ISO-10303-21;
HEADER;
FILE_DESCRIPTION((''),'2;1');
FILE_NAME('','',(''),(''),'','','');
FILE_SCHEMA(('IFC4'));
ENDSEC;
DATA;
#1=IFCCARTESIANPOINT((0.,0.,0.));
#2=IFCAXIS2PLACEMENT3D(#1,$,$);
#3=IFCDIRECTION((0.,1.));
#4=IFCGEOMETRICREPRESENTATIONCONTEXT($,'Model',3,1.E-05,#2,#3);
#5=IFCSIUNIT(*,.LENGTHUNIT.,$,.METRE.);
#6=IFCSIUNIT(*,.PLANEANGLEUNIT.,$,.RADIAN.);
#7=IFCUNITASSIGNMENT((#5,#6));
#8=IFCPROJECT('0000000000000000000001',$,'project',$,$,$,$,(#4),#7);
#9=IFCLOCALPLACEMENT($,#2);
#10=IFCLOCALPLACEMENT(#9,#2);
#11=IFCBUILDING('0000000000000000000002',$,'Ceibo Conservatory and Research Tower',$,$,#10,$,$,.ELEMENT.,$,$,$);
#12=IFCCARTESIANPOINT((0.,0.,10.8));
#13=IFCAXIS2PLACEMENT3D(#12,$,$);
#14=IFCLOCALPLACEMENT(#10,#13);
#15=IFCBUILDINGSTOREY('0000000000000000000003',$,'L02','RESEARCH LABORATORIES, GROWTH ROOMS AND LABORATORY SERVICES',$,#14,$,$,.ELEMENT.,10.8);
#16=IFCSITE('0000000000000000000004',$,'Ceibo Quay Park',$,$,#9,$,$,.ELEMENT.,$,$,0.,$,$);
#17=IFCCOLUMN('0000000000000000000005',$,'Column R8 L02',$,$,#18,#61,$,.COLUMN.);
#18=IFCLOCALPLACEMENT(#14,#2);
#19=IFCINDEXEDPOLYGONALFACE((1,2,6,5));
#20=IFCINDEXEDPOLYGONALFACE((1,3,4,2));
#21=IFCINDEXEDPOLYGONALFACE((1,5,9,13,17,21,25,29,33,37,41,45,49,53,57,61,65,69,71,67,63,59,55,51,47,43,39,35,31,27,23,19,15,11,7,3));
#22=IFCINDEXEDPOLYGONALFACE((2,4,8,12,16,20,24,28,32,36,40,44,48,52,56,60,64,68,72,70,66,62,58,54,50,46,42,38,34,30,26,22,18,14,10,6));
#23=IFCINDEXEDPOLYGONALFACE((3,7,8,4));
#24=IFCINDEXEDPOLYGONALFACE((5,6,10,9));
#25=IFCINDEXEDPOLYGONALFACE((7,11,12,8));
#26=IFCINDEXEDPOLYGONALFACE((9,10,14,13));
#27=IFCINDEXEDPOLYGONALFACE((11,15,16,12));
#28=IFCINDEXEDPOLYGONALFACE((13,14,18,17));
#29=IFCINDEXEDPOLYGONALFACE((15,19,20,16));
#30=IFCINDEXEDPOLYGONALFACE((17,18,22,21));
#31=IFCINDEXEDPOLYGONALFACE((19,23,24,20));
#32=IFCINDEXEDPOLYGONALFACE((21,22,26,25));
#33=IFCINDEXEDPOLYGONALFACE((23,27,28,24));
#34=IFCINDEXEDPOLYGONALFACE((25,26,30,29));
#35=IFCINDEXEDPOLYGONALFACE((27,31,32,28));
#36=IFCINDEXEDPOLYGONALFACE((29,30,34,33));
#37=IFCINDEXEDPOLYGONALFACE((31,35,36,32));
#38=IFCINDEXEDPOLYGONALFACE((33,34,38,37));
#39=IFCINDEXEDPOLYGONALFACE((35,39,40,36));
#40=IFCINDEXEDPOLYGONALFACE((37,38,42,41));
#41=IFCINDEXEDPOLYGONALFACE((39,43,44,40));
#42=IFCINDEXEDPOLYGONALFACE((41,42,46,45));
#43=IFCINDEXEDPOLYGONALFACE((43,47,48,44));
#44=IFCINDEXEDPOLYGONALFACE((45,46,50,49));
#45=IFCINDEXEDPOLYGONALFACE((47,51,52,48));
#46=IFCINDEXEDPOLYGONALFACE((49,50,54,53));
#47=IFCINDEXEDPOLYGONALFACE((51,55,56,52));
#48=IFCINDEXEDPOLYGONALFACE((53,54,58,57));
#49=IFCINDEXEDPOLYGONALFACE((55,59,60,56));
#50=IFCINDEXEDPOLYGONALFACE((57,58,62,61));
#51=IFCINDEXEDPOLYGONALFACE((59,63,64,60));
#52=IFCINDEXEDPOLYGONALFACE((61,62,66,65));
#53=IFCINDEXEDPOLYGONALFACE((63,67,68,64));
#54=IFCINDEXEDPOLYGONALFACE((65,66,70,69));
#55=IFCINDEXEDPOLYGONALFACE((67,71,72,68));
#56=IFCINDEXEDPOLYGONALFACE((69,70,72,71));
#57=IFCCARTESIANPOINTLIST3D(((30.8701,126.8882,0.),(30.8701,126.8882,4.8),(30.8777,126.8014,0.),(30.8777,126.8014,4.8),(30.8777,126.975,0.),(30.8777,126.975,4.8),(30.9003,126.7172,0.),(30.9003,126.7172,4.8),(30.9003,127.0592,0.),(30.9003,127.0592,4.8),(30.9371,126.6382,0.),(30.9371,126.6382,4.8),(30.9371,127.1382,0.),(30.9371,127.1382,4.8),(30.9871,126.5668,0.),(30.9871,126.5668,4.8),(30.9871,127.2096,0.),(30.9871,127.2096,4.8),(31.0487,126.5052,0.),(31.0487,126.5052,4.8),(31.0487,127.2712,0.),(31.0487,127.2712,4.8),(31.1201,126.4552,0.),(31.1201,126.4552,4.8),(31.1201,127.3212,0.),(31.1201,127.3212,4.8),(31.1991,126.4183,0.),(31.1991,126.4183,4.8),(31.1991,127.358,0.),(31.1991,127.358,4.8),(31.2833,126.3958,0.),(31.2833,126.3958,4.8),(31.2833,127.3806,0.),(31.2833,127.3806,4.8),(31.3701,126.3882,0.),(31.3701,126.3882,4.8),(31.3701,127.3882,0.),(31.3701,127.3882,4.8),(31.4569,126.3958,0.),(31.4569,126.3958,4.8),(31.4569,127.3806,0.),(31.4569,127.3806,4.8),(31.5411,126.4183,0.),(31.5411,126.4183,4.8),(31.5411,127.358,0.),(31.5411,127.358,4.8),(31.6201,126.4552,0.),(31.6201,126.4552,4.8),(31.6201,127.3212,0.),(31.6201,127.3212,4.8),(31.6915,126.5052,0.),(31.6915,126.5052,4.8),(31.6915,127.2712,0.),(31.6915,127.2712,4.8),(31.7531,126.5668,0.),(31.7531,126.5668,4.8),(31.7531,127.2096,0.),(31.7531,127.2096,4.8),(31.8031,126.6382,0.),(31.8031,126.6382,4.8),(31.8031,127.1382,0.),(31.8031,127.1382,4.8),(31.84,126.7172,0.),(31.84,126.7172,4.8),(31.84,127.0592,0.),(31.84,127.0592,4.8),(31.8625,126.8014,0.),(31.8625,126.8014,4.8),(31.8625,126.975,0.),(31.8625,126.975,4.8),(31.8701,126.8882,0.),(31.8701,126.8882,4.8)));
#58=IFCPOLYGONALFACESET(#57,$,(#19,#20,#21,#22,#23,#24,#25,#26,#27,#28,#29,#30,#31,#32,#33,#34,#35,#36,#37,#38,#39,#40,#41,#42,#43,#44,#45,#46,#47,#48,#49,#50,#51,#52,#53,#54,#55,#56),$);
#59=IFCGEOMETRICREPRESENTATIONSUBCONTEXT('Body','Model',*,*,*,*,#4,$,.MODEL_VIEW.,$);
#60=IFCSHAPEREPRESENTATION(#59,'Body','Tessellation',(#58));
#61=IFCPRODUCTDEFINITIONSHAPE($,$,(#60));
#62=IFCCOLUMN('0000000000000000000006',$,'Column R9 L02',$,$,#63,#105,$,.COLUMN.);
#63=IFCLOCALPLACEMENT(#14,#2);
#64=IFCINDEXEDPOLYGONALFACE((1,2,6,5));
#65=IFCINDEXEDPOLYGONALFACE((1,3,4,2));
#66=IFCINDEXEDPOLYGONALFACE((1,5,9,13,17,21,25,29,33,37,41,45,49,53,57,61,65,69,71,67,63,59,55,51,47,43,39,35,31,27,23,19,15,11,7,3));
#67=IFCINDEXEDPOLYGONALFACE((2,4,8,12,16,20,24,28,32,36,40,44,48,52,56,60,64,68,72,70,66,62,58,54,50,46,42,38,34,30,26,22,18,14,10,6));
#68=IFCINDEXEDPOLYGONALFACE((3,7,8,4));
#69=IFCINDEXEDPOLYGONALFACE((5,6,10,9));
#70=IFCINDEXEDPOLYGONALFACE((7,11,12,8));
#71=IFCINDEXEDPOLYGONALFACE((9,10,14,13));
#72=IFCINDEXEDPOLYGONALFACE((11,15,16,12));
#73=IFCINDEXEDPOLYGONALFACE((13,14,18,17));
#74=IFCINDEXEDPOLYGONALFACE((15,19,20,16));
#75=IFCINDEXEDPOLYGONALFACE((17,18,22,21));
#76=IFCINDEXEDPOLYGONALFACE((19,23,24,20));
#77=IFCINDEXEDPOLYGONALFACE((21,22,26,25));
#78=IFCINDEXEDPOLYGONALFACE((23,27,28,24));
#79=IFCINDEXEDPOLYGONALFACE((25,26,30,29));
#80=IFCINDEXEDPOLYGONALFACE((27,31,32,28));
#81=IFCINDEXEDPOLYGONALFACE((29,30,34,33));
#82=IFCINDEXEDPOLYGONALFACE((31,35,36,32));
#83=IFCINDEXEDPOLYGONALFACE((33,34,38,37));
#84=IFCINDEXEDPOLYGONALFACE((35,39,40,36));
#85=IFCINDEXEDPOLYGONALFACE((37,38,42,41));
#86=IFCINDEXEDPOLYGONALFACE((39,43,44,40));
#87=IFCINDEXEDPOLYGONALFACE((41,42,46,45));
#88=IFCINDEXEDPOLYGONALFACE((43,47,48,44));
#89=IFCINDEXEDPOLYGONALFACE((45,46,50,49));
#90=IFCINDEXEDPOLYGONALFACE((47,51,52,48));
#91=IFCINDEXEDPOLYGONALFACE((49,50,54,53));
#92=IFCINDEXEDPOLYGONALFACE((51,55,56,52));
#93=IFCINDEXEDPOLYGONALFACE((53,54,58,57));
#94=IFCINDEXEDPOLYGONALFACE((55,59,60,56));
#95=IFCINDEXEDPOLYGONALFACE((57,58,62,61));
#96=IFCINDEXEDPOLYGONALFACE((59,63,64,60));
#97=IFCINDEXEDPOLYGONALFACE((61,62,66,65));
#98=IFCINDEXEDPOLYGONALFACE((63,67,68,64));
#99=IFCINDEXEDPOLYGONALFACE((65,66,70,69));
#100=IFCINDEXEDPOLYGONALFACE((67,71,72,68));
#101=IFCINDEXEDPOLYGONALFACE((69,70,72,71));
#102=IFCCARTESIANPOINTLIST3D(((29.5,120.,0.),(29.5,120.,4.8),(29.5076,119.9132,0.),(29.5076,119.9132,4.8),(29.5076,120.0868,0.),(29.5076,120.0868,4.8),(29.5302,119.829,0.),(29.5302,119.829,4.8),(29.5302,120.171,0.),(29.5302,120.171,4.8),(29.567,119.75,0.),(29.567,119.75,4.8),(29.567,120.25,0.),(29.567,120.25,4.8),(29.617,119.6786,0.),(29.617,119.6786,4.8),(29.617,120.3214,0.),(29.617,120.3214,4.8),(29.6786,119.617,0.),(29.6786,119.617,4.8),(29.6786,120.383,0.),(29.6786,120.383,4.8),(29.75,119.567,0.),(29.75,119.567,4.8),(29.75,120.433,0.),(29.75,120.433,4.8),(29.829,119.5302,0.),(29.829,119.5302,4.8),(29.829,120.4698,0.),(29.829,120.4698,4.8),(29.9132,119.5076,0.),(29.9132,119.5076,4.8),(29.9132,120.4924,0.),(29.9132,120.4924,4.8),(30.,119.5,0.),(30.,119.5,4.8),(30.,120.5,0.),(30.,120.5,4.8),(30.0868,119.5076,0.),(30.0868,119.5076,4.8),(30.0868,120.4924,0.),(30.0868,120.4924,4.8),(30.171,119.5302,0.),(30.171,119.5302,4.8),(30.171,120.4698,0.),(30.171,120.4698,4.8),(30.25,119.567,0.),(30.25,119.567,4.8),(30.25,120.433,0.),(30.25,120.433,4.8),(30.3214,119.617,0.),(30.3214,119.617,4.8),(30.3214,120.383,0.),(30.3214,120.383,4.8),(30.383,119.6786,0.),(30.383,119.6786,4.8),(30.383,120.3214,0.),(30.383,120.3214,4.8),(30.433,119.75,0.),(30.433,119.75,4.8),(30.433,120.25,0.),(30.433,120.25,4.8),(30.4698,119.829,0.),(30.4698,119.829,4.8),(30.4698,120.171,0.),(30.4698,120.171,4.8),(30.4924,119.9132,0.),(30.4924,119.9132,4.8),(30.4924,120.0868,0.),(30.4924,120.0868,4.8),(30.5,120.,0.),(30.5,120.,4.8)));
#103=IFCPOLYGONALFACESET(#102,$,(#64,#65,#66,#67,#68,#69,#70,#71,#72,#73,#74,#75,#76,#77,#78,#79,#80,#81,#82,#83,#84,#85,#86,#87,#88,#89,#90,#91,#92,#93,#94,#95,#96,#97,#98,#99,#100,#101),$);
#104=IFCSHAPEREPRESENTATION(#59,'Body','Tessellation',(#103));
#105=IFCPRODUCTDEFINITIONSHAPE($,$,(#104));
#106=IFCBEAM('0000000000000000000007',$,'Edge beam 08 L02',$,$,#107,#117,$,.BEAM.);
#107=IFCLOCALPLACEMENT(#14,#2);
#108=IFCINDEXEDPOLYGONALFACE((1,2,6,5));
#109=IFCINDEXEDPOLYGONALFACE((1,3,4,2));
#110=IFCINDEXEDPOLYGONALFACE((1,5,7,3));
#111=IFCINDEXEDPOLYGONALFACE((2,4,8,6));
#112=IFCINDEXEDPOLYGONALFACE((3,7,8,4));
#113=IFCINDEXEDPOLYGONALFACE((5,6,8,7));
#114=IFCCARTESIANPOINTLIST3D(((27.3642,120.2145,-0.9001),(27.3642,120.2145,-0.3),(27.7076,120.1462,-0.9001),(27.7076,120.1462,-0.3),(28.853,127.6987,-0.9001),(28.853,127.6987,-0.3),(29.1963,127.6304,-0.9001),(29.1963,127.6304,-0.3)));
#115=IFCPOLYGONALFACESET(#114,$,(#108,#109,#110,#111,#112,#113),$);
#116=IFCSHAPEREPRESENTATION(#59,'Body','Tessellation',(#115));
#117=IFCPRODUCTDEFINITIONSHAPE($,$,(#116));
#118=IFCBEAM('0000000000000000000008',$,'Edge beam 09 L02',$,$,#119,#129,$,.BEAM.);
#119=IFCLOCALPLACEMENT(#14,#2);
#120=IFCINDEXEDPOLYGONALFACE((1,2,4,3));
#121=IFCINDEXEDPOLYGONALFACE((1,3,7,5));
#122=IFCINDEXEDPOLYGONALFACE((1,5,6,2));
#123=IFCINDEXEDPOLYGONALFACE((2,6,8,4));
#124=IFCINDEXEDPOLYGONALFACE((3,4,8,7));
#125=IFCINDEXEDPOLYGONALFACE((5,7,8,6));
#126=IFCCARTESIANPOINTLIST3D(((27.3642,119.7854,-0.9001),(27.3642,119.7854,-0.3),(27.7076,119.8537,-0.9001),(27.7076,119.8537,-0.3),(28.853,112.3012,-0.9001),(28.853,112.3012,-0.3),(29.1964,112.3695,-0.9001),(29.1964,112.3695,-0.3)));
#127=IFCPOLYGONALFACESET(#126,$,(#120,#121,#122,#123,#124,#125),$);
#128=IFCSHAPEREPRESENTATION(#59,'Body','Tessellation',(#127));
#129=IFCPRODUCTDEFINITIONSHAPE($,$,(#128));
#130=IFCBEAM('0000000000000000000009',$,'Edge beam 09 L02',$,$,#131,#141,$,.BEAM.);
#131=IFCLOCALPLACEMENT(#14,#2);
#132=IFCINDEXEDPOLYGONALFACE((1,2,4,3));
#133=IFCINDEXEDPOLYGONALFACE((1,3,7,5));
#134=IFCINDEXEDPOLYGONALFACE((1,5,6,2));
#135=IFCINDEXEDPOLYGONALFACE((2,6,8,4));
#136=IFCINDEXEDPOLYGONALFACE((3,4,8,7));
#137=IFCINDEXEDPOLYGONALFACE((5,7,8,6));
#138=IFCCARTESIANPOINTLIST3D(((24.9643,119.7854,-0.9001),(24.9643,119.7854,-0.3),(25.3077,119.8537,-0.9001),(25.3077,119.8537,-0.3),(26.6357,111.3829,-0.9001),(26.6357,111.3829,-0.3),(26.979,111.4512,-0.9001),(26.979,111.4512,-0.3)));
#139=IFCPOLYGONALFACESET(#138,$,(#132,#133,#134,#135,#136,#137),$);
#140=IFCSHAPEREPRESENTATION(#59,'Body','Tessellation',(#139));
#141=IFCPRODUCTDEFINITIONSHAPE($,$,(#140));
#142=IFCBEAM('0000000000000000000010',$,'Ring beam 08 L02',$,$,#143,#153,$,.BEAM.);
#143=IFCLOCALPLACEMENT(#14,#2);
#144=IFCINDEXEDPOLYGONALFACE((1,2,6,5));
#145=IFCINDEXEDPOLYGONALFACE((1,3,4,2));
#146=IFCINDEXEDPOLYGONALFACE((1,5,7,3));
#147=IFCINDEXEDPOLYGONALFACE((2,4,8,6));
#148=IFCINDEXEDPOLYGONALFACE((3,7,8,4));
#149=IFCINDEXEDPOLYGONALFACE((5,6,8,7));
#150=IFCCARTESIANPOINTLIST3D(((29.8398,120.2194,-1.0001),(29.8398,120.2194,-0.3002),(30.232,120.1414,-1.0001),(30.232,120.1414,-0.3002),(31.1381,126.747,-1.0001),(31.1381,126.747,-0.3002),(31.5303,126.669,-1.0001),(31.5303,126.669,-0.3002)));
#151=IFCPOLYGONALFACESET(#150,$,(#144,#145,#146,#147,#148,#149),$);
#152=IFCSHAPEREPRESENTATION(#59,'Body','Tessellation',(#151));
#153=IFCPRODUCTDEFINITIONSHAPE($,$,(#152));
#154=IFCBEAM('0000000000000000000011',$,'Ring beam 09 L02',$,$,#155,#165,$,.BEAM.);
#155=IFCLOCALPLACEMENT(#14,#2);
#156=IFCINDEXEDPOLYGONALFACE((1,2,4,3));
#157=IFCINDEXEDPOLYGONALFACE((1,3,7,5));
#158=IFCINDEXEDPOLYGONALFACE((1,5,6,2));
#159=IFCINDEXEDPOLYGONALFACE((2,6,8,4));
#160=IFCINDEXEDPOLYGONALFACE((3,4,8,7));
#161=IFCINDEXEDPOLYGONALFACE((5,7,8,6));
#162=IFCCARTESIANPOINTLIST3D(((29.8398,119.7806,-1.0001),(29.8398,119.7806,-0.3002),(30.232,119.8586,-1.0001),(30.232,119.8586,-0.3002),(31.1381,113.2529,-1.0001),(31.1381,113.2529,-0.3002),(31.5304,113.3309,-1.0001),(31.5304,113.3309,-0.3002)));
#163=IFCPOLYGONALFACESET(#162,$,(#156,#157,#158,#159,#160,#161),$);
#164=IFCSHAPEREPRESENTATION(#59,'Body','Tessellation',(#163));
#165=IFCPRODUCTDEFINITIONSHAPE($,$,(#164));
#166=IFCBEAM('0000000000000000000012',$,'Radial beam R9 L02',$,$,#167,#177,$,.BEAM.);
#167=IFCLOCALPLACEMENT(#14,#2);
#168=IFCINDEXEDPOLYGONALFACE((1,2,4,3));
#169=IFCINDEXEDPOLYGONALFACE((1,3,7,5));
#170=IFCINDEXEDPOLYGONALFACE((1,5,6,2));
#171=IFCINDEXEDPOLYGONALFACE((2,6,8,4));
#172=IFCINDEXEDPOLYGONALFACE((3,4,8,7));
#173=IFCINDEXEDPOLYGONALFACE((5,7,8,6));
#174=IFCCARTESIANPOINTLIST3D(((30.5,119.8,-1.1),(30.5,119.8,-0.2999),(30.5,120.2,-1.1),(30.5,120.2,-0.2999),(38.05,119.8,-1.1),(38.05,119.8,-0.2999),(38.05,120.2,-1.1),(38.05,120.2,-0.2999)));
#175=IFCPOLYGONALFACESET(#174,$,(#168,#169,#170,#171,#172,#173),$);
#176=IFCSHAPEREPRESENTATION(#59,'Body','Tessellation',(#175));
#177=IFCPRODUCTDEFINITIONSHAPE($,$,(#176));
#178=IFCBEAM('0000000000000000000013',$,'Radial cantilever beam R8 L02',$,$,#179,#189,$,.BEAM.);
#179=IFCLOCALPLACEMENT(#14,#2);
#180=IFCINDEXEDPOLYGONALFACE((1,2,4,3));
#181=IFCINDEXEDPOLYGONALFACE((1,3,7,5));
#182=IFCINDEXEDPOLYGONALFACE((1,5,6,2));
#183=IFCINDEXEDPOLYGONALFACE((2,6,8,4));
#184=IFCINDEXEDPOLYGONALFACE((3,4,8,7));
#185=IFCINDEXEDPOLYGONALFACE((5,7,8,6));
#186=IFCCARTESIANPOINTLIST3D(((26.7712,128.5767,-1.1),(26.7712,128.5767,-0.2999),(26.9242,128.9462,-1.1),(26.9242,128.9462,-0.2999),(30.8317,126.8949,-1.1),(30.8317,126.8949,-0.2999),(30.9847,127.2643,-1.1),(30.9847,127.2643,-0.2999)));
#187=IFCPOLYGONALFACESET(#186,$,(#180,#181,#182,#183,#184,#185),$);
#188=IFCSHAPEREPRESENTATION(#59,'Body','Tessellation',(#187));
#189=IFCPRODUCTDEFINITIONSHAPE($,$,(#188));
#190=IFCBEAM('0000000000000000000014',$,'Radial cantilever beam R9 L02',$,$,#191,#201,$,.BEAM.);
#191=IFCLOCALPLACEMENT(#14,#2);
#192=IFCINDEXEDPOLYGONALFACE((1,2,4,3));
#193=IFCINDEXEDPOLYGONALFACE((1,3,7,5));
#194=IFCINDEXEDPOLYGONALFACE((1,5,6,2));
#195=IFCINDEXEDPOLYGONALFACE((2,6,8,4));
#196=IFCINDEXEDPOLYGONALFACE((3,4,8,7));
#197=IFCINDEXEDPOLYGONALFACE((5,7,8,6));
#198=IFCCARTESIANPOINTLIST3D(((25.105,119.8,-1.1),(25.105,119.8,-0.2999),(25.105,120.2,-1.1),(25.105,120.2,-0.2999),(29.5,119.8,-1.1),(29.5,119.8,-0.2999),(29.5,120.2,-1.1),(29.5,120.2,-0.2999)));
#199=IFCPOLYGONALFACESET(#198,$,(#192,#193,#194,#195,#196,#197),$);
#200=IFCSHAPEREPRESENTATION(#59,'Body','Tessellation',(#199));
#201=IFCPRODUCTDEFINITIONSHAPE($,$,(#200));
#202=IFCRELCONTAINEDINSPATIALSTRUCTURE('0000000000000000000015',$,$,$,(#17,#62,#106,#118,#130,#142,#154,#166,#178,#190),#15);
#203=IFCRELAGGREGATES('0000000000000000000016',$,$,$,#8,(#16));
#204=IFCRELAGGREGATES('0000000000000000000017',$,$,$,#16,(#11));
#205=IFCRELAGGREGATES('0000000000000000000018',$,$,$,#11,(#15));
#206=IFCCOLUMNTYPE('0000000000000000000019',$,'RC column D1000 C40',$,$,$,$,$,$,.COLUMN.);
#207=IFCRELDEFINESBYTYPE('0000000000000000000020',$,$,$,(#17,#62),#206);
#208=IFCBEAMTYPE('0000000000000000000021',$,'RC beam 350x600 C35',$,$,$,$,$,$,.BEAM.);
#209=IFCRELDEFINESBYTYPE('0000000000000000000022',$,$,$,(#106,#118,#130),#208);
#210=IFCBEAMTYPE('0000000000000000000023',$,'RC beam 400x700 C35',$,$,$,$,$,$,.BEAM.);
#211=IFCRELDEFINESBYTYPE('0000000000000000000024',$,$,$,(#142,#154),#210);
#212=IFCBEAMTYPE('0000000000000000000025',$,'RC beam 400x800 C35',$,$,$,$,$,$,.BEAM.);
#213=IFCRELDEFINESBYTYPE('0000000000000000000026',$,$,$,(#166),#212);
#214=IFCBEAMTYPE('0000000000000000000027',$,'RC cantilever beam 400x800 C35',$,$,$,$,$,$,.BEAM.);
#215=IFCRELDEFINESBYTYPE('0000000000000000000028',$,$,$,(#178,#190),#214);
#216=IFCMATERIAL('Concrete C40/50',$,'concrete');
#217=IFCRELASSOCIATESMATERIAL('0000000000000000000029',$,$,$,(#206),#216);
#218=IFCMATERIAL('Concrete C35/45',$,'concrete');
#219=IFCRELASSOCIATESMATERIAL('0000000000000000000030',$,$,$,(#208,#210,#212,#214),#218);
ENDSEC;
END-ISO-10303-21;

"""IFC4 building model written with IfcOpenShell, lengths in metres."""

from ifc_helpers import new_model, si_unit, direction, frame, origin, origin_2d, place, context, subcontext, project, spatial, rectangle, circle, extrude, material, material_profile, profile_set, type_object, element, save


model = new_model("IFC4")

# Units and contexts
model_context = context("Model", 3, precision=1e-05, world=origin(), true_north=direction((0.0, 1.0)))
body_context = subcontext(model_context, "Body", "Model", "MODEL_VIEW")
ifc_project = project(units=[si_unit("LENGTHUNIT", "METRE"), si_unit("PLANEANGLEUNIT", "RADIAN")], contexts=[model_context])

# Site, building, storey
site_placement = place(None, origin())
site = spatial("IfcSite", under=ifc_project, at=site_placement, Name="Ceibo Quay Park", CompositionType="ELEMENT", RefElevation=0.0)
building_placement = place(site_placement, origin())
building = spatial("IfcBuilding", under=site, at=building_placement, Name="Ceibo Conservatory and Research Tower", CompositionType="ELEMENT")
storey_placement = place(building_placement, frame((0.0, 0.0, 10.8)))
storey = spatial("IfcBuildingStorey", under=building, at=storey_placement, Name="L02", Description="RESEARCH LABORATORIES, GROWTH ROOMS AND LABORATORY SERVICES", CompositionType="ELEMENT", Elevation=10.8)

# Columns
ifc_material_1 = material(Name="Concrete C40/50", Category="concrete")
ifc_material_profile_1 = material_profile(ifc_material_1, circle(Radius=0.5, at=origin_2d()), Name="RC D1000")
ifc_profile_set_1 = profile_set([ifc_material_profile_1], Name="Concrete C40/50")
column_type = type_object("IfcColumnType", Name="RC column D1000 C40", PredefinedType="COLUMN", material=ifc_profile_set_1)
for number, where, z_axis, x_axis, name in (
    (1, (31.3701, 126.8882, 0.0), (0.0, 0.0, 1.0), (1.0, 0.0, 0.0), "Column R8 L02"),
    (2, (30.0, 120.0, 0.0), (0.0, 0.0, 1.0), (1.0, 0.0, 0.0), "Column R9 L02"),
):
    element("IfcColumn", number, at=place(storey_placement, frame(where, z_axis=z_axis, x_axis=x_axis)), inside=storey, type_object=column_type, Name=name, PredefinedType="COLUMN", context=body_context, shape_type="SweptSolid", body=[
        extrude(circle(Radius=0.5, at=origin_2d()), origin(), (0.0, 0.0, 1.0), 4.8),
    ])

# Beams
ifc_material_2 = material(Name="Concrete C35/45", Category="concrete")
ifc_material_profile_2 = material_profile(ifc_material_2, rectangle(XDim=0.3501, YDim=0.6001, at=origin_2d()), Name="RC 350x600")
ifc_profile_set_2 = profile_set([ifc_material_profile_2], Name="Concrete C35/45")
beam_type_1 = type_object("IfcBeamType", Name="RC beam 350x600 C35", PredefinedType="BEAM", material=ifc_profile_set_2)
for number, where, z_axis, x_axis, name in (
    (3, (29.0247, 127.6646, -0.6001), (-0.195101, -0.980783, 0.0), (0.980783, -0.195101, 0.0), "Edge beam 08 L02"),
    (4, (27.5359, 119.8196, -0.6001), (0.195101, -0.980783, 0.0), (0.980783, 0.195101, 0.0), "Edge beam 09 L02"),
):
    element("IfcBeam", number, at=place(storey_placement, frame(where, z_axis=z_axis, x_axis=x_axis)), inside=storey, type_object=beam_type_1, Name=name, PredefinedType="BEAM", context=body_context, shape_type="SweptSolid", body=[
        extrude(rectangle(XDim=0.3501, YDim=0.6001, at=origin_2d()), origin(), (0.0, 0.0, 1.0), 7.6309),
    ])
beam_1_placement = place(storey_placement, frame((25.136, 119.8196, -0.6001), z_axis=(0.195091, -0.980785, 0.0), x_axis=(0.980785, 0.195091, 0.0)))
element("IfcBeam", 5, at=beam_1_placement, inside=storey, type_object=beam_type_1, Name="Edge beam 09 L02", PredefinedType="BEAM", context=body_context, shape_type="SweptSolid", body=[
    extrude(rectangle(XDim=0.3501, YDim=0.6001, at=origin_2d()), origin(), (0.0, 0.0, 1.0), 8.5671),
])
ifc_material_profile_3 = material_profile(ifc_material_2, rectangle(XDim=0.3999, YDim=0.7, at=origin_2d()), Name="RC 400x700")
ifc_profile_set_3 = profile_set([ifc_material_profile_3], Name="Concrete C35/45")
beam_type_2 = type_object("IfcBeamType", Name="RC beam 400x700 C35", PredefinedType="BEAM", material=ifc_profile_set_3)
for number, where, z_axis, x_axis, name in (
    (6, (31.3342, 126.708, -0.6501), (-0.195079, -0.980788, 0.0), (0.980788, -0.195079, 0.0), "Ring beam 08 L02"),
    (7, (30.0359, 119.8196, -0.6501), (0.195079, -0.980788, 0.0), (0.980788, 0.195079, 0.0), "Ring beam 09 L02"),
):
    element("IfcBeam", number, at=place(storey_placement, frame(where, z_axis=z_axis, x_axis=x_axis)), inside=storey, type_object=beam_type_2, Name=name, PredefinedType="BEAM", context=body_context, shape_type="SweptSolid", body=[
        extrude(rectangle(XDim=0.3999, YDim=0.7, at=origin_2d()), origin(), (0.0, 0.0, 1.0), 6.6555),
    ])
ifc_material_profile_4 = material_profile(ifc_material_2, rectangle(XDim=0.3999, YDim=0.8, at=origin_2d()), Name="RC 400x800")
ifc_profile_set_4 = profile_set([ifc_material_profile_4], Name="Concrete C35/45")
beam_type_3 = type_object("IfcBeamType", Name="RC beam 400x800 C35", PredefinedType="BEAM", material=ifc_profile_set_4)
beam_2_placement = place(storey_placement, frame((38.05, 120.0, -0.7), z_axis=(-1.0, 0.0, 0.0), x_axis=(0.0, -1.0, 0.0)))
element("IfcBeam", 8, at=beam_2_placement, inside=storey, type_object=beam_type_3, Name="Radial beam R9 L02", PredefinedType="BEAM", context=body_context, shape_type="SweptSolid", body=[
    extrude(rectangle(XDim=0.3999, YDim=0.8, at=origin_2d()), origin(), (0.0, 0.0, 1.0), 7.55),
])
ifc_material_profile_5 = material_profile(ifc_material_2, rectangle(XDim=0.3999, YDim=0.8, at=origin_2d()), Name="RC 400x800")
ifc_profile_set_5 = profile_set([ifc_material_profile_5], Name="Concrete C35/45")
beam_type_4 = type_object("IfcBeamType", Name="RC cantilever beam 400x800 C35", PredefinedType="BEAM", material=ifc_profile_set_5)
for number, where, z_axis, x_axis, name in (
    (9, (30.9082, 127.0796, -0.7), (-0.923883, 0.382674, 0.0), (-0.382674, -0.923883, 0.0), "Radial cantilever beam R8 L02"),
    (10, (29.5, 120.0, -0.7), (-1.0, 0.0, 0.0), (0.0, -1.0, 0.0), "Radial cantilever beam R9 L02"),
):
    element("IfcBeam", number, at=place(storey_placement, frame(where, z_axis=z_axis, x_axis=x_axis)), inside=storey, type_object=beam_type_4, Name=name, PredefinedType="BEAM", context=body_context, shape_type="SweptSolid", body=[
        extrude(rectangle(XDim=0.3999, YDim=0.8, at=origin_2d()), origin(), (0.0, 0.0, 1.0), 4.395),
    ])

save(model, "model.ifc")
